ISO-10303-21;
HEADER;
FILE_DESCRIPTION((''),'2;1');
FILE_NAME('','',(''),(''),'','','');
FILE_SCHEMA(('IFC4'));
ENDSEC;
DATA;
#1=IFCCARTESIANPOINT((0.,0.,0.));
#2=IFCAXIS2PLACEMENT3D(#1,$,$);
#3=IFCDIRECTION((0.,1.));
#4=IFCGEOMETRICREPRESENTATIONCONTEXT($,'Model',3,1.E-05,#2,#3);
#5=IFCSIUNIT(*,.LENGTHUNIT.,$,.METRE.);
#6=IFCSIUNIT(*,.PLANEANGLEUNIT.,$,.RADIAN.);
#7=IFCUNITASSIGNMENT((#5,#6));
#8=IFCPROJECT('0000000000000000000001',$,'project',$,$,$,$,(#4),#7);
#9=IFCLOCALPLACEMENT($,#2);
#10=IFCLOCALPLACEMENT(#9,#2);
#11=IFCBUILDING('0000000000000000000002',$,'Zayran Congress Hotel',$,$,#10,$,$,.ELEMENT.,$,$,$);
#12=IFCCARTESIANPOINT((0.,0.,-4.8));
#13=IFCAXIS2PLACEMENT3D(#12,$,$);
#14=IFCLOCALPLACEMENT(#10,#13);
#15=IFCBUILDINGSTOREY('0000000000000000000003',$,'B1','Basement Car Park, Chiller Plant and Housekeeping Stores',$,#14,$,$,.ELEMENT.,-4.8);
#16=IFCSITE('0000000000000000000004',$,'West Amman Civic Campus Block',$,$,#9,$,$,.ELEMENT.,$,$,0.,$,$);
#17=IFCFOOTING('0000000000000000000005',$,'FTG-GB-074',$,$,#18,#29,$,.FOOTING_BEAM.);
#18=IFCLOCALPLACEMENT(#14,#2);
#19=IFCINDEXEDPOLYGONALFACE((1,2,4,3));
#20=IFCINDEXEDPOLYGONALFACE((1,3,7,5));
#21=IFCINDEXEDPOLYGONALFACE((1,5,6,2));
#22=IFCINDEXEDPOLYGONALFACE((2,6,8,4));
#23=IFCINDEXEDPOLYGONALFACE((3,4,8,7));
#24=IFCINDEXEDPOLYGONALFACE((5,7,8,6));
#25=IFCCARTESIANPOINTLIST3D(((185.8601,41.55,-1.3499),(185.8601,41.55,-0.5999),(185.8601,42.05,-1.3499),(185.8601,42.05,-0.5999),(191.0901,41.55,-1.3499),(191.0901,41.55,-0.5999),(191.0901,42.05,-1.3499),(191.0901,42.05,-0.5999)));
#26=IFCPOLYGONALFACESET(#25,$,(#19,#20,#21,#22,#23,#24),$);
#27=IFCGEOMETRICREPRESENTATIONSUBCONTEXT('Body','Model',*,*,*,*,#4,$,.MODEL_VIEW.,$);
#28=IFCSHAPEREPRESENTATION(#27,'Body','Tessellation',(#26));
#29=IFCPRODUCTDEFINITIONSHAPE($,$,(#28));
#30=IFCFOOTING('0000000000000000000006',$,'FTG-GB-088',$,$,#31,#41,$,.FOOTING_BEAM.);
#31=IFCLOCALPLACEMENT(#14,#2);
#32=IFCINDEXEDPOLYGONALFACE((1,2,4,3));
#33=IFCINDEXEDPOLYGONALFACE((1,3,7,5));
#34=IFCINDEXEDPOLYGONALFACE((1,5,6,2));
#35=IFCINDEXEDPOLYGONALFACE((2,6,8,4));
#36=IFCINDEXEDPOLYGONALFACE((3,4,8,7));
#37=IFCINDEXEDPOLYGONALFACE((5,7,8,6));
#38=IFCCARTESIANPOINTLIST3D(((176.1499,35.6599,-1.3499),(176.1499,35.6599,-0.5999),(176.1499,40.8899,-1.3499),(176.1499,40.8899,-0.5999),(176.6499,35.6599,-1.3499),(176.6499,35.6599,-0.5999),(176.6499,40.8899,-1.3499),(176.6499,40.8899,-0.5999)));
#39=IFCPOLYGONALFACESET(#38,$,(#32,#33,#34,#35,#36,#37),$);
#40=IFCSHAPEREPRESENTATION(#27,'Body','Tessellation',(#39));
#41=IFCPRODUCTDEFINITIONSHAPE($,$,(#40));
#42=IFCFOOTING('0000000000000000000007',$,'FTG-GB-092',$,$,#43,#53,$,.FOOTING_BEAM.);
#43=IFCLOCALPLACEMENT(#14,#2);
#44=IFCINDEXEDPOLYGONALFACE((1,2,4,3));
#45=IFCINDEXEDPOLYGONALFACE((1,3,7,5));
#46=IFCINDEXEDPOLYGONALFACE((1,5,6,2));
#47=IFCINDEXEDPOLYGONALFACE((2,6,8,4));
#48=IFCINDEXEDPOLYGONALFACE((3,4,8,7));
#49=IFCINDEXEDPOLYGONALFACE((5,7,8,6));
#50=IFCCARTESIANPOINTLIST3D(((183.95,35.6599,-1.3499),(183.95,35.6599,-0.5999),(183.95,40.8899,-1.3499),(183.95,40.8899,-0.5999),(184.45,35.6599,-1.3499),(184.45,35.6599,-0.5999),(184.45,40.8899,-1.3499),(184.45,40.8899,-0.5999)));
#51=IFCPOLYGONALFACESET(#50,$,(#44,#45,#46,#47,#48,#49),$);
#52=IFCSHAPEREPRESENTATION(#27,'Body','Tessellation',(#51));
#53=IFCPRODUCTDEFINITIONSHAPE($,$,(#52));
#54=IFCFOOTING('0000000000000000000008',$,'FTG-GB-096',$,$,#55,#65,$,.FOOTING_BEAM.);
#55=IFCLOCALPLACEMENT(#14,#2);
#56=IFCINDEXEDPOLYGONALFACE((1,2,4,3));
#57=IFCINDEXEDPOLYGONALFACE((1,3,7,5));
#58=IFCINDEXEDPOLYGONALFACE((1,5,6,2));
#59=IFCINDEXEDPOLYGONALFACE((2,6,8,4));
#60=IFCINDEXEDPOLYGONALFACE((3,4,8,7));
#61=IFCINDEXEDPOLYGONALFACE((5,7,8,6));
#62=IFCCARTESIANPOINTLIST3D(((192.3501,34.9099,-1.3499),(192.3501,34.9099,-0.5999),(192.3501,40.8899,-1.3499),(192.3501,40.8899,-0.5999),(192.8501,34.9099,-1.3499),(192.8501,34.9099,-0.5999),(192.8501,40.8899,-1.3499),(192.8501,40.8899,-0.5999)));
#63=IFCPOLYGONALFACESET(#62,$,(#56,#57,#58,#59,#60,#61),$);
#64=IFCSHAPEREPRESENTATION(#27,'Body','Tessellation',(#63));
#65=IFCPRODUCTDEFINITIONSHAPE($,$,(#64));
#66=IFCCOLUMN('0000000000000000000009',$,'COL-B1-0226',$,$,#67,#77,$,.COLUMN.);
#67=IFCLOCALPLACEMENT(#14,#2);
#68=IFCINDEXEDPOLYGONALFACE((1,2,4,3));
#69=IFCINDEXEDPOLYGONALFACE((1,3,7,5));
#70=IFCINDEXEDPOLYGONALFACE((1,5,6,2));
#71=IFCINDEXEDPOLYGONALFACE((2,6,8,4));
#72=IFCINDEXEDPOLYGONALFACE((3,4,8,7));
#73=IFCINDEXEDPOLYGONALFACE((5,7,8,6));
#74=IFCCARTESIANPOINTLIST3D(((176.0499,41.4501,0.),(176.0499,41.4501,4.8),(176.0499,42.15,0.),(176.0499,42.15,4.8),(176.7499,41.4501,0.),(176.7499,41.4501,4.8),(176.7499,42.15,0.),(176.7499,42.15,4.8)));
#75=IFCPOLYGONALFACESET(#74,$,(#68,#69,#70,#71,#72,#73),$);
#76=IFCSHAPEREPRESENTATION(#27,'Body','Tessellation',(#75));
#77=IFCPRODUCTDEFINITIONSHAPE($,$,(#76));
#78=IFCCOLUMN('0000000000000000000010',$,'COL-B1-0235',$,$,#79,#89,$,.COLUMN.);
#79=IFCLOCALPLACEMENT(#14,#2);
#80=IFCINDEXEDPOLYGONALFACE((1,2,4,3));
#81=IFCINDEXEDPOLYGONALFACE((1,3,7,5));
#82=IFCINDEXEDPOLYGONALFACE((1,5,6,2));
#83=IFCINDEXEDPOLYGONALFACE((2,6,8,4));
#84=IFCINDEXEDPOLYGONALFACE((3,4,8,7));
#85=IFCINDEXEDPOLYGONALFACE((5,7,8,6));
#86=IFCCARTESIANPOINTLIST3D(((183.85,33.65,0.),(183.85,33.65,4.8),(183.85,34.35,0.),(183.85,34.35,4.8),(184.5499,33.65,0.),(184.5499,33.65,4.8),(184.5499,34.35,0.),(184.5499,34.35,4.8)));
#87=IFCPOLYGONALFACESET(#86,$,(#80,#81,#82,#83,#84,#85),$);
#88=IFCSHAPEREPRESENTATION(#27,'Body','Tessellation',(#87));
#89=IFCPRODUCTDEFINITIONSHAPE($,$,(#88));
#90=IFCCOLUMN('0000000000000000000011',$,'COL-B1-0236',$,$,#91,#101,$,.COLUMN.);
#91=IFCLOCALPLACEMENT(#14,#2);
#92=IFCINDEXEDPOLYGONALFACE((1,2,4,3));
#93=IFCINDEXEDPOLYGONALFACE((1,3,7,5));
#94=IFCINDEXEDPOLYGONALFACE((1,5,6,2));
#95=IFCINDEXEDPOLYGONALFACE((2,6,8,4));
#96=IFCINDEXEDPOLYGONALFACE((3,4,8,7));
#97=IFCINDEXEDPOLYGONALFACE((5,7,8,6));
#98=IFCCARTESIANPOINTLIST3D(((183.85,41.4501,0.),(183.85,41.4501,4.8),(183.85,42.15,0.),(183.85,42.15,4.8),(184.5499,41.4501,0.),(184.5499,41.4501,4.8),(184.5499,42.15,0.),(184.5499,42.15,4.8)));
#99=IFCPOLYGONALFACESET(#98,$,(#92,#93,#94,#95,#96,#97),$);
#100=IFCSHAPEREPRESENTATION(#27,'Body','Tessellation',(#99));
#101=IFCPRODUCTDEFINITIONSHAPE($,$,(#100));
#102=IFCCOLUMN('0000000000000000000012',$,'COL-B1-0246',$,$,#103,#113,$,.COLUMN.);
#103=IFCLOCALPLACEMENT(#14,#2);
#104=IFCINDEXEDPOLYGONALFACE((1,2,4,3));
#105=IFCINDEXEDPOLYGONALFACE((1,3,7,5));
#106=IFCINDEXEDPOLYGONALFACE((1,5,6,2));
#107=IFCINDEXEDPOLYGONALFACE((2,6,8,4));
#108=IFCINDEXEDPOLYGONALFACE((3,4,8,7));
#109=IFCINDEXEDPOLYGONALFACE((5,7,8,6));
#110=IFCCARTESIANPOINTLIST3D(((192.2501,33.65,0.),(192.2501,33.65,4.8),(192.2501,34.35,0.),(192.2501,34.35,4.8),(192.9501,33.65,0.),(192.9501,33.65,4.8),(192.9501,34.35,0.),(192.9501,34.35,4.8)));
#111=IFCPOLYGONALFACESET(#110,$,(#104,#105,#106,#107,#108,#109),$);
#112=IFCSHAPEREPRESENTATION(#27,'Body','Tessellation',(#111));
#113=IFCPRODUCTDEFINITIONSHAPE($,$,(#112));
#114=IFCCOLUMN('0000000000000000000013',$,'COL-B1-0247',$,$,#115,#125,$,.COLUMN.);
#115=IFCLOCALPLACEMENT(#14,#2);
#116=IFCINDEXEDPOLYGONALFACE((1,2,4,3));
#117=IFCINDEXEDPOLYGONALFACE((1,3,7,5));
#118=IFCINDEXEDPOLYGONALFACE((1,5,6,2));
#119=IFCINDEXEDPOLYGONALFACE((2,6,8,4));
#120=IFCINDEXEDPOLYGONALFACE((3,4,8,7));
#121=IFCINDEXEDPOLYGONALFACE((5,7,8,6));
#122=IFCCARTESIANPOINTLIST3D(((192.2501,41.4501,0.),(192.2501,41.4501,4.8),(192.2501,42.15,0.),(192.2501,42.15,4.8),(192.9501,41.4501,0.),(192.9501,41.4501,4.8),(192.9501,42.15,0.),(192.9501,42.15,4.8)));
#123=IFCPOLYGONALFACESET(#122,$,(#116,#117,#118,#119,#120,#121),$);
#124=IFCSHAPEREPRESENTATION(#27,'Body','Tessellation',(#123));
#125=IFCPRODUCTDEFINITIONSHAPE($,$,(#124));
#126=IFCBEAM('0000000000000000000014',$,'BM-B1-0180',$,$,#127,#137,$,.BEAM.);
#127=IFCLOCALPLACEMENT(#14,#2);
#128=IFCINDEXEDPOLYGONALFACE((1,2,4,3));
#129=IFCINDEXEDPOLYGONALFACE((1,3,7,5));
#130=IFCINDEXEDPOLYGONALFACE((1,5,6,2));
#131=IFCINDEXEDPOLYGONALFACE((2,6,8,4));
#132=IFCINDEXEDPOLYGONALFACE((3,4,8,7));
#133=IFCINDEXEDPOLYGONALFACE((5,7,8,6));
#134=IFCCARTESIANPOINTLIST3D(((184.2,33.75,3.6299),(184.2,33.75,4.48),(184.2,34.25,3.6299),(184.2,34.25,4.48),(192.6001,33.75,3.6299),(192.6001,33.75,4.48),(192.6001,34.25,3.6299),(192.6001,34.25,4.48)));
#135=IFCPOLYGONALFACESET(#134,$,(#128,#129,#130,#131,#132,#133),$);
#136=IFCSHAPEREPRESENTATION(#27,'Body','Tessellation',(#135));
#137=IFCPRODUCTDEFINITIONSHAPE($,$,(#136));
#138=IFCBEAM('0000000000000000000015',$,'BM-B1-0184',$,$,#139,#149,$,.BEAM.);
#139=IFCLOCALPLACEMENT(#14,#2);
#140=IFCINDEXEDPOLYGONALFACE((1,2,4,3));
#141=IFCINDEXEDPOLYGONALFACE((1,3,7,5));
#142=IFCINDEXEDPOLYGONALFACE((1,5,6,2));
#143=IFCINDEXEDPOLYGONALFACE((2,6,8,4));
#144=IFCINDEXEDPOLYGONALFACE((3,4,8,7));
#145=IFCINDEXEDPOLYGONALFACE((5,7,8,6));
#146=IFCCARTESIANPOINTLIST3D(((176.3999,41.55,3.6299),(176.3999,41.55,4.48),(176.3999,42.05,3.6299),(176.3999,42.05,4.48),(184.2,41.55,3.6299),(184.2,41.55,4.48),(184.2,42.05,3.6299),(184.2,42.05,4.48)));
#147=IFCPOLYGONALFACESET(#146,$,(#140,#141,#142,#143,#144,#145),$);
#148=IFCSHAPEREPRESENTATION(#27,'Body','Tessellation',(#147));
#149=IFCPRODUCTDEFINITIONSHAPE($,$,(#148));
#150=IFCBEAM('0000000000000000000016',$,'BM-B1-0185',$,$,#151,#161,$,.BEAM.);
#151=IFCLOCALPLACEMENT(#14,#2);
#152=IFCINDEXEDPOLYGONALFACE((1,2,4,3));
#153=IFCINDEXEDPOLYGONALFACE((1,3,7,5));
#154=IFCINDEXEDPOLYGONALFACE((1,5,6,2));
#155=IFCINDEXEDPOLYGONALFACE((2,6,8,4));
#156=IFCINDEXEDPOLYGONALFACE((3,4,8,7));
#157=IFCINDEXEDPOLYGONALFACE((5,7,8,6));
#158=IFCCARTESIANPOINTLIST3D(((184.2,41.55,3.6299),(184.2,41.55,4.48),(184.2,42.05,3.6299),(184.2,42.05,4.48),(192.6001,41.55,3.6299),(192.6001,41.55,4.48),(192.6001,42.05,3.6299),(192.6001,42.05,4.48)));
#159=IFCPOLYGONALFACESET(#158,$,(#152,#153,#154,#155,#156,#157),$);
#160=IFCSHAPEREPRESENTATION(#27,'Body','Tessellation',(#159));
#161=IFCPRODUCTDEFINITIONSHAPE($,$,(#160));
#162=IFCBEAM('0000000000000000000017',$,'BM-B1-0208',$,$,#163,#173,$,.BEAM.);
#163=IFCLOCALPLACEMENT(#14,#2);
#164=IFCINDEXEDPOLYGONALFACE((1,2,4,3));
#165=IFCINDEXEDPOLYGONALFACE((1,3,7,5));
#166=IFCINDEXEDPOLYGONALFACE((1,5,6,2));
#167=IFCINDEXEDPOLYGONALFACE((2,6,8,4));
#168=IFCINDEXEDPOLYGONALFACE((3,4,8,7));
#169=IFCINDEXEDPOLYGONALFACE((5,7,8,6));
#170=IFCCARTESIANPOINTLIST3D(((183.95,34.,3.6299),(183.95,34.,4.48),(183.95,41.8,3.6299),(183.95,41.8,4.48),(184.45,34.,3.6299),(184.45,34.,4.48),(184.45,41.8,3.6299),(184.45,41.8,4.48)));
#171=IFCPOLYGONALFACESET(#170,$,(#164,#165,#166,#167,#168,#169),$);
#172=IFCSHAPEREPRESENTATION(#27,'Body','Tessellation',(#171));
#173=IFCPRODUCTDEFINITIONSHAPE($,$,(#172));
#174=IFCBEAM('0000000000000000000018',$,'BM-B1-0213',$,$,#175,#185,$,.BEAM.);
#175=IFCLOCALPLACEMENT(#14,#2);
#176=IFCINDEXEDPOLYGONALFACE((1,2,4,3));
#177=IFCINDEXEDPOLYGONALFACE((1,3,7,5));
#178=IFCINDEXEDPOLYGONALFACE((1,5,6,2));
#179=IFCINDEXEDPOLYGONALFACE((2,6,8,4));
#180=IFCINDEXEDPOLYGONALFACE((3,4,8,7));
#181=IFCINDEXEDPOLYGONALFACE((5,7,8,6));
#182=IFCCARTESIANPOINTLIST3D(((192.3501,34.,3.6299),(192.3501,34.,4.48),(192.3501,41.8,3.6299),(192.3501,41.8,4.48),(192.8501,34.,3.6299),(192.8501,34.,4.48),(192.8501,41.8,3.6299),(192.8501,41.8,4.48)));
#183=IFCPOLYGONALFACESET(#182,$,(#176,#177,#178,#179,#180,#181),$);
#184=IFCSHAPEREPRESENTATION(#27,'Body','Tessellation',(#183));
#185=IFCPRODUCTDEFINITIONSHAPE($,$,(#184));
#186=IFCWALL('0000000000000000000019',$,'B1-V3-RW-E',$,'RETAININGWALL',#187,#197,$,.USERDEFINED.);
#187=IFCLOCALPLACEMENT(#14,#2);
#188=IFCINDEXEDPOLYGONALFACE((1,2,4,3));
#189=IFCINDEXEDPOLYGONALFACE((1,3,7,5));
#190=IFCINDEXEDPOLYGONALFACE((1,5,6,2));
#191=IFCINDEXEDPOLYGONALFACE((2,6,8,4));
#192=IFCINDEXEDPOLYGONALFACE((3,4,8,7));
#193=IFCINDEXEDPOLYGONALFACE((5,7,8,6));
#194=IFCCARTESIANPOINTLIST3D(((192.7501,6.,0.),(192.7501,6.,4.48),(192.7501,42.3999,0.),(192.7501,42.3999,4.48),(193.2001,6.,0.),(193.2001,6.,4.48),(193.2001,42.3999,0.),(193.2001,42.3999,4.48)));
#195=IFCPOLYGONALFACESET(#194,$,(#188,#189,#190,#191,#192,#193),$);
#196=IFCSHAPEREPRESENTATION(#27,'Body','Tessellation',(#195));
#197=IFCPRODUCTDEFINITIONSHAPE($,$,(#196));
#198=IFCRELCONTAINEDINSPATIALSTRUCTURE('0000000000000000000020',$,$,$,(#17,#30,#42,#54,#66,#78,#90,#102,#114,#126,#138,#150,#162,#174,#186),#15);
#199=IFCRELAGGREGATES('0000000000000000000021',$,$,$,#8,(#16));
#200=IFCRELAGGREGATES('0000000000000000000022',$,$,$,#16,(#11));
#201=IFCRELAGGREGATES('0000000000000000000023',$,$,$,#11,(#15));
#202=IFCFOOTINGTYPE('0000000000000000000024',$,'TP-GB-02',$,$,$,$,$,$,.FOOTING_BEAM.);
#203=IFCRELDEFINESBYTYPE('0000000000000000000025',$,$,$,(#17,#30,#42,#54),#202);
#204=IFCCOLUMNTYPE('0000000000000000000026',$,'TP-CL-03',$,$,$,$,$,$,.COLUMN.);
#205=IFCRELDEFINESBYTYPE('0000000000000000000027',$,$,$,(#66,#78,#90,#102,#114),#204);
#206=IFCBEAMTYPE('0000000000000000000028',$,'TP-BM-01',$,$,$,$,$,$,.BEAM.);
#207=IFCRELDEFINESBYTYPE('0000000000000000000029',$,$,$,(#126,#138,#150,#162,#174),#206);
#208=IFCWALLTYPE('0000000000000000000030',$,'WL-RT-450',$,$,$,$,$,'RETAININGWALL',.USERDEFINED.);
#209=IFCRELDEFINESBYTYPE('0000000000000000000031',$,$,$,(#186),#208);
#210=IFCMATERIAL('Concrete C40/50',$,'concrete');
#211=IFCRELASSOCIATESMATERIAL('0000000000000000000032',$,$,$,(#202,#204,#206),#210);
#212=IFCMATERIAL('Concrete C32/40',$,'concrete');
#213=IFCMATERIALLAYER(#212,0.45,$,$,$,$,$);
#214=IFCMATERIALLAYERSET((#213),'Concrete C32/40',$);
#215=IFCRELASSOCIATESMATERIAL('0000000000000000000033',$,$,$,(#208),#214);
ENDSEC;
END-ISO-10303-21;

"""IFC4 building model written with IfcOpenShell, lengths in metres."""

from ifc_helpers import new_model, si_unit, direction, frame, frame_2d, origin, origin_2d, place, context, subcontext, project, spatial, rectangle, extrude, material, layer, layer_set, material_profile, profile_set, type_object, element, save


model = new_model("IFC4")

# Units and contexts
model_context = context("Model", 3, precision=1e-05, world=origin(), true_north=direction((0.0, 1.0)))
body_context = subcontext(model_context, "Body", "Model", "MODEL_VIEW")
ifc_project = project(units=[si_unit("LENGTHUNIT", "METRE"), si_unit("PLANEANGLEUNIT", "RADIAN")], contexts=[model_context])

# Site, building, storey
site_placement = place(None, origin())
site = spatial("IfcSite", under=ifc_project, at=site_placement, Name="West Amman Civic Campus Block", CompositionType="ELEMENT", RefElevation=0.0)
building_placement = place(site_placement, origin())
building = spatial("IfcBuilding", under=site, at=building_placement, Name="Zayran Congress Hotel", CompositionType="ELEMENT")
storey_placement = place(building_placement, frame((0.0, 0.0, -4.8)))
storey = spatial("IfcBuildingStorey", under=building, at=storey_placement, Name="B1", Description="Basement Car Park, Chiller Plant and Housekeeping Stores", CompositionType="ELEMENT", Elevation=-4.8)

# Shared definitions
ifc_material_1 = material(Name="Concrete C40/50", Category="concrete")

# Footings
footing_type_1 = type_object("IfcFootingType", Name="TP-GB-02", PredefinedType="FOOTING_BEAM", material=ifc_material_1)
for number, where, z_axis, x_axis, name in (
    (1, (188.4751, 41.8, -1.3499), (0.0, 0.0, 1.0), (1.0, 0.0, 0.0), "FTG-GB-074"),
    (2, (176.3999, 38.2749, -1.3499), (0.0, 0.0, 1.0), (0.0, 1.0, 0.0), "FTG-GB-088"),
    (3, (184.2, 38.2749, -1.3499), (0.0, 0.0, 1.0), (0.0, 1.0, 0.0), "FTG-GB-092"),
):
    element("IfcFooting", number, at=place(storey_placement, frame(where, z_axis=z_axis, x_axis=x_axis)), inside=storey, type_object=footing_type_1, Name=name, PredefinedType="FOOTING_BEAM", context=body_context, shape_type="SweptSolid", body=[
        extrude(rectangle(XDim=5.23, YDim=0.5, at=origin_2d()), origin(), (0.0, 0.0, 1.0), 0.75),
    ])
footing_1_placement = place(storey_placement, frame((192.6001, 37.8999, -1.3499), z_axis=(0.0, 0.0, 1.0), x_axis=(0.0, 1.0, 0.0)))
element("IfcFooting", 4, at=footing_1_placement, inside=storey, type_object=footing_type_1, Name="FTG-GB-096", PredefinedType="FOOTING_BEAM", context=body_context, shape_type="SweptSolid", body=[
    extrude(rectangle(XDim=5.98, YDim=0.5, at=origin_2d()), origin(), (0.0, 0.0, 1.0), 0.75),
])

# Columns
ifc_material_profile_1 = material_profile(ifc_material_1, rectangle(XDim=0.7, YDim=0.7, at=origin_2d()), Name="RC 700x700")
ifc_profile_set_1 = profile_set([ifc_material_profile_1], Name="Concrete C40/50")
column_type = type_object("IfcColumnType", Name="TP-CL-03", PredefinedType="COLUMN", material=ifc_profile_set_1)
for number, where, z_axis, x_axis, name in (
    (5, (176.3999, 41.8, 0.0), (0.0, 0.0, 1.0), (1.0, 0.0, 0.0), "COL-B1-0226"),
    (6, (184.2, 34.0, 0.0), (0.0, 0.0, 1.0), (1.0, 0.0, 0.0), "COL-B1-0235"),
    (7, (184.2, 41.8, 0.0), (0.0, 0.0, 1.0), (1.0, 0.0, 0.0), "COL-B1-0236"),
    (8, (192.6001, 34.0, 0.0), (0.0, 0.0, 1.0), (1.0, 0.0, 0.0), "COL-B1-0246"),
    (9, (192.6001, 41.8, 0.0), (0.0, 0.0, 1.0), (1.0, 0.0, 0.0), "COL-B1-0247"),
):
    element("IfcColumn", number, at=place(storey_placement, frame(where, z_axis=z_axis, x_axis=x_axis)), inside=storey, type_object=column_type, Name=name, PredefinedType="COLUMN", context=body_context, shape_type="SweptSolid", body=[
        extrude(rectangle(XDim=0.7, YDim=0.7, at=origin_2d()), origin(), (0.0, 0.0, 1.0), 4.8),
    ])

# Beams
ifc_material_profile_2 = material_profile(ifc_material_1, rectangle(XDim=0.5, YDim=0.8501, at=origin_2d()), Name="RC 500x850")
ifc_profile_set_2 = profile_set([ifc_material_profile_2], Name="Concrete C40/50")
beam_type = type_object("IfcBeamType", Name="TP-BM-01", PredefinedType="BEAM", material=ifc_profile_set_2)
beam_1_placement = place(storey_placement, frame((184.2, 34.0, 4.0549), z_axis=(1.0, 0.0, 0.0), x_axis=(0.0, 1.0, 0.0)))
element("IfcBeam", 10, at=beam_1_placement, inside=storey, type_object=beam_type, Name="BM-B1-0180", PredefinedType="BEAM", context=body_context, shape_type="SweptSolid", body=[
    extrude(rectangle(XDim=0.5, YDim=0.8501, at=origin_2d()), origin(), (0.0, 0.0, 1.0), 8.4001),
])
beam_2_placement = place(storey_placement, frame((176.3999, 41.8, 4.0549), z_axis=(1.0, 0.0, 0.0), x_axis=(0.0, 1.0, 0.0)))
element("IfcBeam", 11, at=beam_2_placement, inside=storey, type_object=beam_type, Name="BM-B1-0184", PredefinedType="BEAM", context=body_context, shape_type="SweptSolid", body=[
    extrude(rectangle(XDim=0.5, YDim=0.8501, at=origin_2d()), origin(), (0.0, 0.0, 1.0), 7.8),
])
beam_3_placement = place(storey_placement, frame((184.2, 41.8, 4.0549), z_axis=(1.0, 0.0, 0.0), x_axis=(0.0, 1.0, 0.0)))
element("IfcBeam", 12, at=beam_3_placement, inside=storey, type_object=beam_type, Name="BM-B1-0185", PredefinedType="BEAM", context=body_context, shape_type="SweptSolid", body=[
    extrude(rectangle(XDim=0.5, YDim=0.8501, at=origin_2d()), origin(), (0.0, 0.0, 1.0), 8.4001),
])
for number, where, z_axis, x_axis, name in (
    (13, (184.2, 34.0, 4.0549), (0.0, 1.0, 0.0), (-1.0, 0.0, 0.0), "BM-B1-0208"),
    (14, (192.6001, 34.0, 4.0549), (0.0, 1.0, 0.0), (-1.0, 0.0, 0.0), "BM-B1-0213"),
):
    element("IfcBeam", number, at=place(storey_placement, frame(where, z_axis=z_axis, x_axis=x_axis)), inside=storey, type_object=beam_type, Name=name, PredefinedType="BEAM", context=body_context, shape_type="SweptSolid", body=[
        extrude(rectangle(XDim=0.5, YDim=0.8501, at=origin_2d()), origin(), (0.0, 0.0, 1.0), 7.8),
    ])

# Wall
ifc_material_2 = material(Name="Concrete C32/40", Category="concrete")
ifc_layer = layer(ifc_material_2, 0.45)
ifc_layer_set = layer_set([ifc_layer], Name="Concrete C32/40")
wall_type = type_object("IfcWallType", Name="WL-RT-450", ElementType="RETAININGWALL", PredefinedType="USERDEFINED", material=ifc_layer_set)
wall_placement = place(storey_placement, frame((192.9751, 42.3999, 0.0), z_axis=(0.0, 0.0, 1.0), x_axis=(0.0, -1.0, 0.0)))
element("IfcWall", 15, at=wall_placement, inside=storey, type_object=wall_type, Name="B1-V3-RW-E", ObjectType="RETAININGWALL", PredefinedType="USERDEFINED", context=body_context, shape_type="SweptSolid", body=[
    extrude(rectangle(XDim=36.3999, YDim=0.45, at=frame_2d((18.2, 0.0))), origin(), (0.0, 0.0, 1.0), 4.48),
])

save(model, "model.ifc")
